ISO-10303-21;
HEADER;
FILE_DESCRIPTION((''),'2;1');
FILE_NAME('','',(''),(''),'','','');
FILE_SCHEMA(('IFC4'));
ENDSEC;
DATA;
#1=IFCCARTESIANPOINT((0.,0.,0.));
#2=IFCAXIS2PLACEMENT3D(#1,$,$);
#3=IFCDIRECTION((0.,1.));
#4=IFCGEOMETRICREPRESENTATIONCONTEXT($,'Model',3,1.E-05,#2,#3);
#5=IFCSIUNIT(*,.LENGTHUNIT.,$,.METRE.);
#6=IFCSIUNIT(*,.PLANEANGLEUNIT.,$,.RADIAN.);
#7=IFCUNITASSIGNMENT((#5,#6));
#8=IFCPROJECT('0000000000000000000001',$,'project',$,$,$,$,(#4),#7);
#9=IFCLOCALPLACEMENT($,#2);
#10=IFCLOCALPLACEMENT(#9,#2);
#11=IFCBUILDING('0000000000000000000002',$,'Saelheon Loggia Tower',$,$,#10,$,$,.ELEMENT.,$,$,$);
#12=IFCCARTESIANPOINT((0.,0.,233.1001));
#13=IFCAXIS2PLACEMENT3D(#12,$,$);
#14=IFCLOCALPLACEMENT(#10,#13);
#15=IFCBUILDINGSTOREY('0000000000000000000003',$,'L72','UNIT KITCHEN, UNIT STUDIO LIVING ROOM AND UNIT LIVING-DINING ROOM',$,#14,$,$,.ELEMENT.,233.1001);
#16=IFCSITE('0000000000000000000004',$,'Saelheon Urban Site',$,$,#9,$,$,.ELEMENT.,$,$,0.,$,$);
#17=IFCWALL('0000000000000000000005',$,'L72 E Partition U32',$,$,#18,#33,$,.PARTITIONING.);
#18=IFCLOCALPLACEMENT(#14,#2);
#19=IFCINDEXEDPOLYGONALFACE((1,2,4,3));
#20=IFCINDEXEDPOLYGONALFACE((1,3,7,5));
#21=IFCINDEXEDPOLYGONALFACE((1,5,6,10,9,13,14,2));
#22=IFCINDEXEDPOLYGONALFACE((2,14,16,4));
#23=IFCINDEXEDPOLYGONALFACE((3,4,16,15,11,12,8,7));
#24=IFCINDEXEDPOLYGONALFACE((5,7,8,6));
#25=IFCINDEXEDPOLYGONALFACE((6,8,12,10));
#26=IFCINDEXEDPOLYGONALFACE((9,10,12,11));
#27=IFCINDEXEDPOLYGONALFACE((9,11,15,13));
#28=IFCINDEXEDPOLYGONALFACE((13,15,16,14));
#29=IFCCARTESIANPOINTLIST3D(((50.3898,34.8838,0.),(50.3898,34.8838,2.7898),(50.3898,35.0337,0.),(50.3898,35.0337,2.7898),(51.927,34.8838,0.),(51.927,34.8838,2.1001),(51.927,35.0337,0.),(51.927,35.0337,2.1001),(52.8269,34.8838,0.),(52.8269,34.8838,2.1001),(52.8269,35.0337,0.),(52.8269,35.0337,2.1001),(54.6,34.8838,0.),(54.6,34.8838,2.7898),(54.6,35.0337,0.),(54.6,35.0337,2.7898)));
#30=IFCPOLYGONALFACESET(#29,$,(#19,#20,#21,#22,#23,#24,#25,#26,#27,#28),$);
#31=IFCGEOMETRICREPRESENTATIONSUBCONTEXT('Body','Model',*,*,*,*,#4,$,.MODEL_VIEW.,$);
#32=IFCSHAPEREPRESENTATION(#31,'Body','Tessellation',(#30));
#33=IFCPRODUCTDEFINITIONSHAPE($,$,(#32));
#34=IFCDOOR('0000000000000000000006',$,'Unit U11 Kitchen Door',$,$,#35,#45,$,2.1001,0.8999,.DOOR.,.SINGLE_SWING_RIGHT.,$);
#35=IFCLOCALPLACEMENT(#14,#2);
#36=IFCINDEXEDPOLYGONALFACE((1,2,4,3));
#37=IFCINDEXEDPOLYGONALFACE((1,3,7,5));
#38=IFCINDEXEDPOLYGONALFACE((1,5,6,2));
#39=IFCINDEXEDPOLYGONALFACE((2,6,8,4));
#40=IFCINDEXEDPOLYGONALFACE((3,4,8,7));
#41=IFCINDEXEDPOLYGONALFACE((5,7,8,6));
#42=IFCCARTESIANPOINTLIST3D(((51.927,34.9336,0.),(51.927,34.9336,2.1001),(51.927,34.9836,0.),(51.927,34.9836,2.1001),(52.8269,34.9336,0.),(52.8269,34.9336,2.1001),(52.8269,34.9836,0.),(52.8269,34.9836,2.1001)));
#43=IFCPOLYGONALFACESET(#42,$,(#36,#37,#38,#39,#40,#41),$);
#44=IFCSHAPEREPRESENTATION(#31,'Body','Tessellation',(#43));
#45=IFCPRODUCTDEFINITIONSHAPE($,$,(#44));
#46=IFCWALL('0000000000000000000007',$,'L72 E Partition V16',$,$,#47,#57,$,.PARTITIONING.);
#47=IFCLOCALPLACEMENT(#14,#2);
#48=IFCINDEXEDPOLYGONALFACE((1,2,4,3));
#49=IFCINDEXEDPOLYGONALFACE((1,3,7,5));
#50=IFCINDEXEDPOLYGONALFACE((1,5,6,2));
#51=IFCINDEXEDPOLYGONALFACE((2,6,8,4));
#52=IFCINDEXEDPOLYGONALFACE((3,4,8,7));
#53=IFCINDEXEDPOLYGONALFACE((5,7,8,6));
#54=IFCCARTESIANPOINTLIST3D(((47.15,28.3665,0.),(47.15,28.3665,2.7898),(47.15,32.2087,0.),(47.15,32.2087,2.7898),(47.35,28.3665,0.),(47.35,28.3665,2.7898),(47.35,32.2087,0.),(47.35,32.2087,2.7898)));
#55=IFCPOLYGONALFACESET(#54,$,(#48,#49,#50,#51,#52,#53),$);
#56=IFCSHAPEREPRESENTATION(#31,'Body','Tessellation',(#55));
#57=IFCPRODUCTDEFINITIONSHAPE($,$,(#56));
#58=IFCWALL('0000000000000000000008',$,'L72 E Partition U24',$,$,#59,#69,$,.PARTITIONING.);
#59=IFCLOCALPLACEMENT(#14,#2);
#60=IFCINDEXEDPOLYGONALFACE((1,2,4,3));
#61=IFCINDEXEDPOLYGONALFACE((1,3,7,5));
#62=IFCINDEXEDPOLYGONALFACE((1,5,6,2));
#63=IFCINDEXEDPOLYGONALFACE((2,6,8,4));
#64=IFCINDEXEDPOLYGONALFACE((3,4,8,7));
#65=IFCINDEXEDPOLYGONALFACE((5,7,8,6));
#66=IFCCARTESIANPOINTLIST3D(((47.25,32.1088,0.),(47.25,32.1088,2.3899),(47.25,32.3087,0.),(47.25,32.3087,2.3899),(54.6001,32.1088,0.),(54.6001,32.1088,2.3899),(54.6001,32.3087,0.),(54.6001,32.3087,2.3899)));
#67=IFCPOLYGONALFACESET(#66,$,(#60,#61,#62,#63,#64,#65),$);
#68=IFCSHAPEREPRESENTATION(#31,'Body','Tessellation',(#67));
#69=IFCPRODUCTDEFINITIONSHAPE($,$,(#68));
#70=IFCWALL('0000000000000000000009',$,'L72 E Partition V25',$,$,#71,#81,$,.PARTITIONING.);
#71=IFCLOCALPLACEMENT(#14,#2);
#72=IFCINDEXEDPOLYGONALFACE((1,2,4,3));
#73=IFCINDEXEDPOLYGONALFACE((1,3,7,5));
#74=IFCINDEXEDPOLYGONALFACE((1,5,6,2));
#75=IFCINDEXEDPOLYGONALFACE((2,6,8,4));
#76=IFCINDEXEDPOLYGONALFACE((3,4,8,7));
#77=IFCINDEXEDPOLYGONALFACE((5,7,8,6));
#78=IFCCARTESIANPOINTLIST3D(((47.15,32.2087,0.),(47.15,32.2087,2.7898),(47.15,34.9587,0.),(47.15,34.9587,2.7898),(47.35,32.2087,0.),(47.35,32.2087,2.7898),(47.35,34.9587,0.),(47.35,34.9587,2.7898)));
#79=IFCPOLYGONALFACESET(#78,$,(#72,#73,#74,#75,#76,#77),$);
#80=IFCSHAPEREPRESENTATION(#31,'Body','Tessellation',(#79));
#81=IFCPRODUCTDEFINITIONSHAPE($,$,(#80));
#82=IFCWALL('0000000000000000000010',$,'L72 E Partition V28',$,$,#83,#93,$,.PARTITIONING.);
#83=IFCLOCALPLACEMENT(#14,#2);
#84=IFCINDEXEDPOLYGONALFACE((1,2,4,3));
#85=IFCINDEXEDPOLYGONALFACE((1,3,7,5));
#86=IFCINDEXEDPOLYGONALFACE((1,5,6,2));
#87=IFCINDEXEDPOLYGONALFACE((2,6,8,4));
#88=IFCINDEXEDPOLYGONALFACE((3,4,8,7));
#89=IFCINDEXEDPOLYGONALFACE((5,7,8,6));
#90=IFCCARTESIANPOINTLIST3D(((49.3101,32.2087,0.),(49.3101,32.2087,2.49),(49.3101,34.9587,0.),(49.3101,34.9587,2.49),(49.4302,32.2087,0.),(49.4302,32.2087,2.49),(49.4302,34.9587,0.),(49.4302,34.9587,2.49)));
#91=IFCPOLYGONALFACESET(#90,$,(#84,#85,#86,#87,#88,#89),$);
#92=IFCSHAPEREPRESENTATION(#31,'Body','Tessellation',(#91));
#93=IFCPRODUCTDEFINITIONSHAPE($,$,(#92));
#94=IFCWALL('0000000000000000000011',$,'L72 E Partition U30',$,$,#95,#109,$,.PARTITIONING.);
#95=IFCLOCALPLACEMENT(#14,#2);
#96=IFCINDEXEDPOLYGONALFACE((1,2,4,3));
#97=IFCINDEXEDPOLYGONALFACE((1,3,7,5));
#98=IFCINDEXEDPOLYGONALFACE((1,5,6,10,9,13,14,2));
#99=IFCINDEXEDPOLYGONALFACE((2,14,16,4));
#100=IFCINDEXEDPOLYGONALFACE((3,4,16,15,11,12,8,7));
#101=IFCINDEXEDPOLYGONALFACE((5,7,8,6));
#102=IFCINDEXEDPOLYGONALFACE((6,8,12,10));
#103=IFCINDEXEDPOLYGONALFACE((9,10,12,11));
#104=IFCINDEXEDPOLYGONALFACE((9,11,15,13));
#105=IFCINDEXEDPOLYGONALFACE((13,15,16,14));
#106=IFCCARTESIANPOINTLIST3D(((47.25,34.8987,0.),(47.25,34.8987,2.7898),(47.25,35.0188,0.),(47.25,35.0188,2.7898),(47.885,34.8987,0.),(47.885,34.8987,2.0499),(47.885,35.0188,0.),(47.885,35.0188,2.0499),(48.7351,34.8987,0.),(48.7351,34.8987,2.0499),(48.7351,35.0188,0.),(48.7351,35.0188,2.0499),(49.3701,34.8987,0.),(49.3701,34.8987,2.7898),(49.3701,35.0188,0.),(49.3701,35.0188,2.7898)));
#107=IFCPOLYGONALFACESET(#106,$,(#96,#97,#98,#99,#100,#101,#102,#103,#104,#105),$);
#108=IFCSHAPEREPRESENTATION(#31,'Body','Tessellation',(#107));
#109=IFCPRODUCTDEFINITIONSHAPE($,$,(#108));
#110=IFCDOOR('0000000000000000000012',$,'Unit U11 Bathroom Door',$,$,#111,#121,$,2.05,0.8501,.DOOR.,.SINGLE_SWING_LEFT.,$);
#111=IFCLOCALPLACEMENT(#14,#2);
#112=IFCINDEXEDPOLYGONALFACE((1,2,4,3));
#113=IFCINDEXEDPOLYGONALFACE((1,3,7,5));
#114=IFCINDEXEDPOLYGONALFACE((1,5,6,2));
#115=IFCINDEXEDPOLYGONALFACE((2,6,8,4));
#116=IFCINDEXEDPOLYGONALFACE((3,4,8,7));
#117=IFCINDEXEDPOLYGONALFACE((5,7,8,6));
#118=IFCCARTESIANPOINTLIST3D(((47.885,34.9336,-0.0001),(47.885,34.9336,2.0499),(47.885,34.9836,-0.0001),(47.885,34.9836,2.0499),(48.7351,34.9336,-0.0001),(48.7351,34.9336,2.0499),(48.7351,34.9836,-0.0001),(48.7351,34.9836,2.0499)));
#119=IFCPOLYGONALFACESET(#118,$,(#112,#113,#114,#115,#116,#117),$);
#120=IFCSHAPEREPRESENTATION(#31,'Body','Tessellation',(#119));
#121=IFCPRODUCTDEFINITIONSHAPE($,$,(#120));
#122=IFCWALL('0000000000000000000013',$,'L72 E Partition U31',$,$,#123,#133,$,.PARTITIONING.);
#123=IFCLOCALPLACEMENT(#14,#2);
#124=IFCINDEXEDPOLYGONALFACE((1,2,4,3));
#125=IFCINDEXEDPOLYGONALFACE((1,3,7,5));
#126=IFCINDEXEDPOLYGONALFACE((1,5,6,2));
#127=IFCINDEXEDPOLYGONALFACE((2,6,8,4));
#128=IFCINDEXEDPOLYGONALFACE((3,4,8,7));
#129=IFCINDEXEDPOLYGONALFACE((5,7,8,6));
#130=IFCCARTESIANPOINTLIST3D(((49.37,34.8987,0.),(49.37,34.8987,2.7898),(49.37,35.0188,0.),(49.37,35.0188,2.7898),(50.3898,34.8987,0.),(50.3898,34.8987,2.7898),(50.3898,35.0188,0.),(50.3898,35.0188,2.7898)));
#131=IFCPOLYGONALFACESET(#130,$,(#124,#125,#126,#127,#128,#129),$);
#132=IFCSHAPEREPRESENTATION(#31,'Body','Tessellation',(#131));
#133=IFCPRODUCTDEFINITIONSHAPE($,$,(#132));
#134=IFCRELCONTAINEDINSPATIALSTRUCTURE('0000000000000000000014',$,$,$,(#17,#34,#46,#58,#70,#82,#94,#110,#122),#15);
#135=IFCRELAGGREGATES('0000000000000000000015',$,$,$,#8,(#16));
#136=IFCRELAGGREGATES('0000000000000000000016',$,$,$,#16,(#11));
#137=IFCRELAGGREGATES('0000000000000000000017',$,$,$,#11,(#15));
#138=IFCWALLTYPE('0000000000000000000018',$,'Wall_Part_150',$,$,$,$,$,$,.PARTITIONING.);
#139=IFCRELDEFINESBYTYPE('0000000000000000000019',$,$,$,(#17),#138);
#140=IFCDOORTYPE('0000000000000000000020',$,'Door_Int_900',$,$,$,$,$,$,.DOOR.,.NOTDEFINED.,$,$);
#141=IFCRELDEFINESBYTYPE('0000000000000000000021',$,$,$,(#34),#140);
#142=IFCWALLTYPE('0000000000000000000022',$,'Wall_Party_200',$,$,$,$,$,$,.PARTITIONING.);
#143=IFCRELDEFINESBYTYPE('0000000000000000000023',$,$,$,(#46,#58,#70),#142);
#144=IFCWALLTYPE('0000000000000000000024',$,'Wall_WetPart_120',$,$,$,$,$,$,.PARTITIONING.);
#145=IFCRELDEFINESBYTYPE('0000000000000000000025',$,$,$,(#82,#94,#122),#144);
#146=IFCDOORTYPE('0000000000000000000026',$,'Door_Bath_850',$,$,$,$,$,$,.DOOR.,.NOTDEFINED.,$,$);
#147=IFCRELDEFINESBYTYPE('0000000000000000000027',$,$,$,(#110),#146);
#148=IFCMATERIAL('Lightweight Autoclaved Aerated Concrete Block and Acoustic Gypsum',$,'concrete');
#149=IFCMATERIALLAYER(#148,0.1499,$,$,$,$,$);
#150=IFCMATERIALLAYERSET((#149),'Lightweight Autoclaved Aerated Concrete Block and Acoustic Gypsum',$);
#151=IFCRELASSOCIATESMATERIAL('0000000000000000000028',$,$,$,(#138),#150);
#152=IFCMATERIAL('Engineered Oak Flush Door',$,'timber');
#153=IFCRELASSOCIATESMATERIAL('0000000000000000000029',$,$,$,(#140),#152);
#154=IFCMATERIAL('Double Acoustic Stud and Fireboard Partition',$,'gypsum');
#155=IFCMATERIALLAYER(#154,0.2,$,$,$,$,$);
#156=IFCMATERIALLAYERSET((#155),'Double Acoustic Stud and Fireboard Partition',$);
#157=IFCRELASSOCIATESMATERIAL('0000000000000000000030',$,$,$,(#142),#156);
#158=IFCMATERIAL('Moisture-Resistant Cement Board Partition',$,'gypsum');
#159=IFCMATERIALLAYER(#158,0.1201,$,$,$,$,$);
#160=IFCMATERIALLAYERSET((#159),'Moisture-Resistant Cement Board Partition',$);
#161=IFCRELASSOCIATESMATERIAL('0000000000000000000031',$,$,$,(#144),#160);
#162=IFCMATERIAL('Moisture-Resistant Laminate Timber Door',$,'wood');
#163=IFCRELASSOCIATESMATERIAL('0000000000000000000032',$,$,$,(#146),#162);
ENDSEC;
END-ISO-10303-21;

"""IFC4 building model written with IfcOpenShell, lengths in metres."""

from ifc_helpers import new_model, si_unit, direction, frame, frame_2d, origin, place, context, subcontext, project, spatial, rectangle, extrude, source, transform, mapped, material, layer, layer_set, type_object, element, fill, save


model = new_model("IFC4")

# Units and contexts
model_context = context("Model", 3, precision=1e-05, world=origin(), true_north=direction((0.0, 1.0)))
body_context = subcontext(model_context, "Body", "Model", "MODEL_VIEW")
ifc_project = project(units=[si_unit("LENGTHUNIT", "METRE"), si_unit("PLANEANGLEUNIT", "RADIAN")], contexts=[model_context])

# Site, building, storey
site_placement = place(None, origin())
site = spatial("IfcSite", under=ifc_project, at=site_placement, Name="Saelheon Urban Site", CompositionType="ELEMENT", RefElevation=0.0)
building_placement = place(site_placement, origin())
building = spatial("IfcBuilding", under=site, at=building_placement, Name="Saelheon Loggia Tower", CompositionType="ELEMENT")
storey_placement = place(building_placement, frame((0.0, 0.0, 233.1001)))
storey = spatial("IfcBuildingStorey", under=building, at=storey_placement, Name="L72", Description="UNIT KITCHEN, UNIT STUDIO LIVING ROOM AND UNIT LIVING-DINING ROOM", CompositionType="ELEMENT", Elevation=233.1001)

# Shared definitions
ifc_material_1 = material(Name="Lightweight Autoclaved Aerated Concrete Block and Acoustic Gypsum", Category="concrete")
ifc_layer_1 = layer(ifc_material_1, 0.1499)
ifc_layer_set_1 = layer_set([ifc_layer_1], Name="Lightweight Autoclaved Aerated Concrete Block and Acoustic Gypsum")
wall_type_1 = type_object("IfcWallType", Name="Wall_Part_150", PredefinedType="PARTITIONING", material=ifc_layer_set_1)

# Wall, opening, door
ifc_material_2 = material(Name="Engineered Oak Flush Door", Category="timber")
door_type_1 = type_object("IfcDoorType", Name="Door_Int_900", OperationType="NOTDEFINED", PredefinedType="DOOR", material=ifc_material_2)
shared_shape_1 = source(origin(), body_context, "Body", "SweptSolid", [
    extrude(rectangle(XDim=0.8999, YDim=2.1001, at=frame_2d((0.45, 1.05))), frame((0.0, 0.0249, 0.0), z_axis=(0.0, -1.0, 0.0), x_axis=(1.0, 0.0, 0.0)), (0.0, 0.0, 1.0), 0.05),
])
wall_1_placement = place(storey_placement, frame((50.3899, 34.9587, 0.0), z_axis=(0.0, 0.0, 1.0), x_axis=(1.0, 0.0, 0.0)))
wall_1 = element("IfcWall", 1, at=wall_1_placement, inside=storey, type_object=wall_type_1, Name="L72 E Partition U32", PredefinedType="PARTITIONING", context=body_context, shape_type="SweptSolid", body=[
    extrude(rectangle(XDim=4.2102, YDim=0.1499, at=frame_2d((2.105, 0.0))), origin(), (0.0, 0.0, 1.0), 2.7898),
])
opening_1_placement = place(wall_1_placement, frame((1.5371, 0.0, 0.0)))
opening_1 = element("IfcOpeningElement", 2, at=opening_1_placement, cuts=wall_1, PredefinedType="OPENING", context=body_context, shape_type="SweptSolid", body=[
    extrude(rectangle(XDim=0.8999, YDim=2.1001, at=frame_2d((0.45, 1.05))), frame((0.0, 0.0869, 0.0), z_axis=(0.0, -1.0, 0.0), x_axis=(1.0, 0.0, 0.0)), (0.0, 0.0, 1.0), 0.1738),
])
door_1_placement = place(opening_1_placement, origin())
door_1 = element("IfcDoor", 3, at=door_1_placement, inside=storey, type_object=door_type_1, Name="Unit U11 Kitchen Door", OperationType="SINGLE_SWING_RIGHT", OverallHeight=2.1001, OverallWidth=0.8999, PredefinedType="DOOR", context=body_context, shape_type="MappedRepresentation", body=[
    mapped(shared_shape_1, transform((0.0, 0.0, 0.0), scale=1.0)),
])
fill(opening_1, door_1)

# Walls
ifc_material_3 = material(Name="Double Acoustic Stud and Fireboard Partition", Category="gypsum")
ifc_layer_2 = layer(ifc_material_3, 0.2)
ifc_layer_set_2 = layer_set([ifc_layer_2], Name="Double Acoustic Stud and Fireboard Partition")
wall_type_2 = type_object("IfcWallType", Name="Wall_Party_200", PredefinedType="PARTITIONING", material=ifc_layer_set_2)
wall_2_placement = place(storey_placement, frame((47.25, 28.3665, 0.0), z_axis=(0.0, 0.0, 1.0), x_axis=(0.0, 1.0, 0.0)))
element("IfcWall", 4, at=wall_2_placement, inside=storey, type_object=wall_type_2, Name="L72 E Partition V16", PredefinedType="PARTITIONING", context=body_context, shape_type="SweptSolid", body=[
    extrude(rectangle(XDim=3.8423, YDim=0.2, at=frame_2d((1.9211, 0.0))), origin(), (0.0, 0.0, 1.0), 2.7898),
])
wall_3_placement = place(storey_placement, frame((47.25, 32.2087, 0.0), z_axis=(0.0, 0.0, 1.0), x_axis=(1.0, 0.0, 0.0)))
element("IfcWall", 5, at=wall_3_placement, inside=storey, type_object=wall_type_2, Name="L72 E Partition U24", PredefinedType="PARTITIONING", context=body_context, shape_type="SweptSolid", body=[
    extrude(rectangle(XDim=7.3501, YDim=0.2, at=frame_2d((3.675, 0.0))), origin(), (0.0, 0.0, 1.0), 2.3899),
])
wall_4_placement = place(storey_placement, frame((47.25, 32.2087, 0.0), z_axis=(0.0, 0.0, 1.0), x_axis=(0.0, 1.0, 0.0)))
element("IfcWall", 6, at=wall_4_placement, inside=storey, type_object=wall_type_2, Name="L72 E Partition V25", PredefinedType="PARTITIONING", context=body_context, shape_type="SweptSolid", body=[
    extrude(rectangle(XDim=2.75, YDim=0.2, at=frame_2d((1.375, 0.0))), origin(), (0.0, 0.0, 1.0), 2.7898),
])

# Wall
ifc_material_4 = material(Name="Moisture-Resistant Cement Board Partition", Category="gypsum")
ifc_layer_3 = layer(ifc_material_4, 0.1201)
ifc_layer_set_3 = layer_set([ifc_layer_3], Name="Moisture-Resistant Cement Board Partition")
wall_type_3 = type_object("IfcWallType", Name="Wall_WetPart_120", PredefinedType="PARTITIONING", material=ifc_layer_set_3)
wall_5_placement = place(storey_placement, frame((49.3701, 32.2087, 0.0), z_axis=(0.0, 0.0, 1.0), x_axis=(0.0, 1.0, 0.0)))
element("IfcWall", 7, at=wall_5_placement, inside=storey, type_object=wall_type_3, Name="L72 E Partition V28", PredefinedType="PARTITIONING", context=body_context, shape_type="SweptSolid", body=[
    extrude(rectangle(XDim=2.75, YDim=0.1201, at=frame_2d((1.375, 0.0))), origin(), (0.0, 0.0, 1.0), 2.49),
])

# Wall, opening, door
wall_6_placement = place(storey_placement, frame((47.25, 34.9587, 0.0), z_axis=(0.0, 0.0, 1.0), x_axis=(1.0, 0.0, 0.0)))
wall_6 = element("IfcWall", 8, at=wall_6_placement, inside=storey, type_object=wall_type_3, Name="L72 E Partition U30", PredefinedType="PARTITIONING", context=body_context, shape_type="SweptSolid", body=[
    extrude(rectangle(XDim=2.1201, YDim=0.1201, at=frame_2d((1.0601, 0.0))), origin(), (0.0, 0.0, 1.0), 2.7898),
])
opening_2_placement = place(wall_6_placement, frame((0.635, 0.0, 0.0)))
opening_2 = element("IfcOpeningElement", 9, at=opening_2_placement, cuts=wall_6, PredefinedType="OPENING", context=body_context, shape_type="SweptSolid", body=[
    extrude(rectangle(XDim=0.8501, YDim=2.05, at=frame_2d((0.425, 1.0249))), frame((0.0, 0.072, 0.0), z_axis=(0.0, -1.0, 0.0), x_axis=(1.0, 0.0, 0.0)), (0.0, 0.0, 1.0), 0.144),
])
ifc_material_5 = material(Name="Moisture-Resistant Laminate Timber Door", Category="wood")
door_type_2 = type_object("IfcDoorType", Name="Door_Bath_850", OperationType="NOTDEFINED", PredefinedType="DOOR", material=ifc_material_5)
shared_shape_2 = source(origin(), body_context, "Body", "SweptSolid", [
    extrude(rectangle(XDim=0.8501, YDim=2.05, at=frame_2d((0.425, 1.0249))), frame((0.0, 0.0249, 0.0), z_axis=(0.0, -1.0, 0.0), x_axis=(1.0, 0.0, 0.0)), (0.0, 0.0, 1.0), 0.05),
])
door_2_placement = place(opening_2_placement, origin())
door_2 = element("IfcDoor", 10, at=door_2_placement, inside=storey, type_object=door_type_2, Name="Unit U11 Bathroom Door", OperationType="SINGLE_SWING_LEFT", OverallHeight=2.05, OverallWidth=0.8501, PredefinedType="DOOR", context=body_context, shape_type="MappedRepresentation", body=[
    mapped(shared_shape_2, transform((0.0, 0.0, 0.0), scale=1.0)),
])
fill(opening_2, door_2)

# Wall
wall_7_placement = place(storey_placement, frame((49.3701, 34.9587, 0.0), z_axis=(0.0, 0.0, 1.0), x_axis=(1.0, 0.0, 0.0)))
element("IfcWall", 11, at=wall_7_placement, inside=storey, type_object=wall_type_3, Name="L72 E Partition U31", PredefinedType="PARTITIONING", context=body_context, shape_type="SweptSolid", body=[
    extrude(rectangle(XDim=1.0198, YDim=0.1201, at=frame_2d((0.5098, 0.0))), origin(), (0.0, 0.0, 1.0), 2.7898),
])

save(model, "model.ifc")
